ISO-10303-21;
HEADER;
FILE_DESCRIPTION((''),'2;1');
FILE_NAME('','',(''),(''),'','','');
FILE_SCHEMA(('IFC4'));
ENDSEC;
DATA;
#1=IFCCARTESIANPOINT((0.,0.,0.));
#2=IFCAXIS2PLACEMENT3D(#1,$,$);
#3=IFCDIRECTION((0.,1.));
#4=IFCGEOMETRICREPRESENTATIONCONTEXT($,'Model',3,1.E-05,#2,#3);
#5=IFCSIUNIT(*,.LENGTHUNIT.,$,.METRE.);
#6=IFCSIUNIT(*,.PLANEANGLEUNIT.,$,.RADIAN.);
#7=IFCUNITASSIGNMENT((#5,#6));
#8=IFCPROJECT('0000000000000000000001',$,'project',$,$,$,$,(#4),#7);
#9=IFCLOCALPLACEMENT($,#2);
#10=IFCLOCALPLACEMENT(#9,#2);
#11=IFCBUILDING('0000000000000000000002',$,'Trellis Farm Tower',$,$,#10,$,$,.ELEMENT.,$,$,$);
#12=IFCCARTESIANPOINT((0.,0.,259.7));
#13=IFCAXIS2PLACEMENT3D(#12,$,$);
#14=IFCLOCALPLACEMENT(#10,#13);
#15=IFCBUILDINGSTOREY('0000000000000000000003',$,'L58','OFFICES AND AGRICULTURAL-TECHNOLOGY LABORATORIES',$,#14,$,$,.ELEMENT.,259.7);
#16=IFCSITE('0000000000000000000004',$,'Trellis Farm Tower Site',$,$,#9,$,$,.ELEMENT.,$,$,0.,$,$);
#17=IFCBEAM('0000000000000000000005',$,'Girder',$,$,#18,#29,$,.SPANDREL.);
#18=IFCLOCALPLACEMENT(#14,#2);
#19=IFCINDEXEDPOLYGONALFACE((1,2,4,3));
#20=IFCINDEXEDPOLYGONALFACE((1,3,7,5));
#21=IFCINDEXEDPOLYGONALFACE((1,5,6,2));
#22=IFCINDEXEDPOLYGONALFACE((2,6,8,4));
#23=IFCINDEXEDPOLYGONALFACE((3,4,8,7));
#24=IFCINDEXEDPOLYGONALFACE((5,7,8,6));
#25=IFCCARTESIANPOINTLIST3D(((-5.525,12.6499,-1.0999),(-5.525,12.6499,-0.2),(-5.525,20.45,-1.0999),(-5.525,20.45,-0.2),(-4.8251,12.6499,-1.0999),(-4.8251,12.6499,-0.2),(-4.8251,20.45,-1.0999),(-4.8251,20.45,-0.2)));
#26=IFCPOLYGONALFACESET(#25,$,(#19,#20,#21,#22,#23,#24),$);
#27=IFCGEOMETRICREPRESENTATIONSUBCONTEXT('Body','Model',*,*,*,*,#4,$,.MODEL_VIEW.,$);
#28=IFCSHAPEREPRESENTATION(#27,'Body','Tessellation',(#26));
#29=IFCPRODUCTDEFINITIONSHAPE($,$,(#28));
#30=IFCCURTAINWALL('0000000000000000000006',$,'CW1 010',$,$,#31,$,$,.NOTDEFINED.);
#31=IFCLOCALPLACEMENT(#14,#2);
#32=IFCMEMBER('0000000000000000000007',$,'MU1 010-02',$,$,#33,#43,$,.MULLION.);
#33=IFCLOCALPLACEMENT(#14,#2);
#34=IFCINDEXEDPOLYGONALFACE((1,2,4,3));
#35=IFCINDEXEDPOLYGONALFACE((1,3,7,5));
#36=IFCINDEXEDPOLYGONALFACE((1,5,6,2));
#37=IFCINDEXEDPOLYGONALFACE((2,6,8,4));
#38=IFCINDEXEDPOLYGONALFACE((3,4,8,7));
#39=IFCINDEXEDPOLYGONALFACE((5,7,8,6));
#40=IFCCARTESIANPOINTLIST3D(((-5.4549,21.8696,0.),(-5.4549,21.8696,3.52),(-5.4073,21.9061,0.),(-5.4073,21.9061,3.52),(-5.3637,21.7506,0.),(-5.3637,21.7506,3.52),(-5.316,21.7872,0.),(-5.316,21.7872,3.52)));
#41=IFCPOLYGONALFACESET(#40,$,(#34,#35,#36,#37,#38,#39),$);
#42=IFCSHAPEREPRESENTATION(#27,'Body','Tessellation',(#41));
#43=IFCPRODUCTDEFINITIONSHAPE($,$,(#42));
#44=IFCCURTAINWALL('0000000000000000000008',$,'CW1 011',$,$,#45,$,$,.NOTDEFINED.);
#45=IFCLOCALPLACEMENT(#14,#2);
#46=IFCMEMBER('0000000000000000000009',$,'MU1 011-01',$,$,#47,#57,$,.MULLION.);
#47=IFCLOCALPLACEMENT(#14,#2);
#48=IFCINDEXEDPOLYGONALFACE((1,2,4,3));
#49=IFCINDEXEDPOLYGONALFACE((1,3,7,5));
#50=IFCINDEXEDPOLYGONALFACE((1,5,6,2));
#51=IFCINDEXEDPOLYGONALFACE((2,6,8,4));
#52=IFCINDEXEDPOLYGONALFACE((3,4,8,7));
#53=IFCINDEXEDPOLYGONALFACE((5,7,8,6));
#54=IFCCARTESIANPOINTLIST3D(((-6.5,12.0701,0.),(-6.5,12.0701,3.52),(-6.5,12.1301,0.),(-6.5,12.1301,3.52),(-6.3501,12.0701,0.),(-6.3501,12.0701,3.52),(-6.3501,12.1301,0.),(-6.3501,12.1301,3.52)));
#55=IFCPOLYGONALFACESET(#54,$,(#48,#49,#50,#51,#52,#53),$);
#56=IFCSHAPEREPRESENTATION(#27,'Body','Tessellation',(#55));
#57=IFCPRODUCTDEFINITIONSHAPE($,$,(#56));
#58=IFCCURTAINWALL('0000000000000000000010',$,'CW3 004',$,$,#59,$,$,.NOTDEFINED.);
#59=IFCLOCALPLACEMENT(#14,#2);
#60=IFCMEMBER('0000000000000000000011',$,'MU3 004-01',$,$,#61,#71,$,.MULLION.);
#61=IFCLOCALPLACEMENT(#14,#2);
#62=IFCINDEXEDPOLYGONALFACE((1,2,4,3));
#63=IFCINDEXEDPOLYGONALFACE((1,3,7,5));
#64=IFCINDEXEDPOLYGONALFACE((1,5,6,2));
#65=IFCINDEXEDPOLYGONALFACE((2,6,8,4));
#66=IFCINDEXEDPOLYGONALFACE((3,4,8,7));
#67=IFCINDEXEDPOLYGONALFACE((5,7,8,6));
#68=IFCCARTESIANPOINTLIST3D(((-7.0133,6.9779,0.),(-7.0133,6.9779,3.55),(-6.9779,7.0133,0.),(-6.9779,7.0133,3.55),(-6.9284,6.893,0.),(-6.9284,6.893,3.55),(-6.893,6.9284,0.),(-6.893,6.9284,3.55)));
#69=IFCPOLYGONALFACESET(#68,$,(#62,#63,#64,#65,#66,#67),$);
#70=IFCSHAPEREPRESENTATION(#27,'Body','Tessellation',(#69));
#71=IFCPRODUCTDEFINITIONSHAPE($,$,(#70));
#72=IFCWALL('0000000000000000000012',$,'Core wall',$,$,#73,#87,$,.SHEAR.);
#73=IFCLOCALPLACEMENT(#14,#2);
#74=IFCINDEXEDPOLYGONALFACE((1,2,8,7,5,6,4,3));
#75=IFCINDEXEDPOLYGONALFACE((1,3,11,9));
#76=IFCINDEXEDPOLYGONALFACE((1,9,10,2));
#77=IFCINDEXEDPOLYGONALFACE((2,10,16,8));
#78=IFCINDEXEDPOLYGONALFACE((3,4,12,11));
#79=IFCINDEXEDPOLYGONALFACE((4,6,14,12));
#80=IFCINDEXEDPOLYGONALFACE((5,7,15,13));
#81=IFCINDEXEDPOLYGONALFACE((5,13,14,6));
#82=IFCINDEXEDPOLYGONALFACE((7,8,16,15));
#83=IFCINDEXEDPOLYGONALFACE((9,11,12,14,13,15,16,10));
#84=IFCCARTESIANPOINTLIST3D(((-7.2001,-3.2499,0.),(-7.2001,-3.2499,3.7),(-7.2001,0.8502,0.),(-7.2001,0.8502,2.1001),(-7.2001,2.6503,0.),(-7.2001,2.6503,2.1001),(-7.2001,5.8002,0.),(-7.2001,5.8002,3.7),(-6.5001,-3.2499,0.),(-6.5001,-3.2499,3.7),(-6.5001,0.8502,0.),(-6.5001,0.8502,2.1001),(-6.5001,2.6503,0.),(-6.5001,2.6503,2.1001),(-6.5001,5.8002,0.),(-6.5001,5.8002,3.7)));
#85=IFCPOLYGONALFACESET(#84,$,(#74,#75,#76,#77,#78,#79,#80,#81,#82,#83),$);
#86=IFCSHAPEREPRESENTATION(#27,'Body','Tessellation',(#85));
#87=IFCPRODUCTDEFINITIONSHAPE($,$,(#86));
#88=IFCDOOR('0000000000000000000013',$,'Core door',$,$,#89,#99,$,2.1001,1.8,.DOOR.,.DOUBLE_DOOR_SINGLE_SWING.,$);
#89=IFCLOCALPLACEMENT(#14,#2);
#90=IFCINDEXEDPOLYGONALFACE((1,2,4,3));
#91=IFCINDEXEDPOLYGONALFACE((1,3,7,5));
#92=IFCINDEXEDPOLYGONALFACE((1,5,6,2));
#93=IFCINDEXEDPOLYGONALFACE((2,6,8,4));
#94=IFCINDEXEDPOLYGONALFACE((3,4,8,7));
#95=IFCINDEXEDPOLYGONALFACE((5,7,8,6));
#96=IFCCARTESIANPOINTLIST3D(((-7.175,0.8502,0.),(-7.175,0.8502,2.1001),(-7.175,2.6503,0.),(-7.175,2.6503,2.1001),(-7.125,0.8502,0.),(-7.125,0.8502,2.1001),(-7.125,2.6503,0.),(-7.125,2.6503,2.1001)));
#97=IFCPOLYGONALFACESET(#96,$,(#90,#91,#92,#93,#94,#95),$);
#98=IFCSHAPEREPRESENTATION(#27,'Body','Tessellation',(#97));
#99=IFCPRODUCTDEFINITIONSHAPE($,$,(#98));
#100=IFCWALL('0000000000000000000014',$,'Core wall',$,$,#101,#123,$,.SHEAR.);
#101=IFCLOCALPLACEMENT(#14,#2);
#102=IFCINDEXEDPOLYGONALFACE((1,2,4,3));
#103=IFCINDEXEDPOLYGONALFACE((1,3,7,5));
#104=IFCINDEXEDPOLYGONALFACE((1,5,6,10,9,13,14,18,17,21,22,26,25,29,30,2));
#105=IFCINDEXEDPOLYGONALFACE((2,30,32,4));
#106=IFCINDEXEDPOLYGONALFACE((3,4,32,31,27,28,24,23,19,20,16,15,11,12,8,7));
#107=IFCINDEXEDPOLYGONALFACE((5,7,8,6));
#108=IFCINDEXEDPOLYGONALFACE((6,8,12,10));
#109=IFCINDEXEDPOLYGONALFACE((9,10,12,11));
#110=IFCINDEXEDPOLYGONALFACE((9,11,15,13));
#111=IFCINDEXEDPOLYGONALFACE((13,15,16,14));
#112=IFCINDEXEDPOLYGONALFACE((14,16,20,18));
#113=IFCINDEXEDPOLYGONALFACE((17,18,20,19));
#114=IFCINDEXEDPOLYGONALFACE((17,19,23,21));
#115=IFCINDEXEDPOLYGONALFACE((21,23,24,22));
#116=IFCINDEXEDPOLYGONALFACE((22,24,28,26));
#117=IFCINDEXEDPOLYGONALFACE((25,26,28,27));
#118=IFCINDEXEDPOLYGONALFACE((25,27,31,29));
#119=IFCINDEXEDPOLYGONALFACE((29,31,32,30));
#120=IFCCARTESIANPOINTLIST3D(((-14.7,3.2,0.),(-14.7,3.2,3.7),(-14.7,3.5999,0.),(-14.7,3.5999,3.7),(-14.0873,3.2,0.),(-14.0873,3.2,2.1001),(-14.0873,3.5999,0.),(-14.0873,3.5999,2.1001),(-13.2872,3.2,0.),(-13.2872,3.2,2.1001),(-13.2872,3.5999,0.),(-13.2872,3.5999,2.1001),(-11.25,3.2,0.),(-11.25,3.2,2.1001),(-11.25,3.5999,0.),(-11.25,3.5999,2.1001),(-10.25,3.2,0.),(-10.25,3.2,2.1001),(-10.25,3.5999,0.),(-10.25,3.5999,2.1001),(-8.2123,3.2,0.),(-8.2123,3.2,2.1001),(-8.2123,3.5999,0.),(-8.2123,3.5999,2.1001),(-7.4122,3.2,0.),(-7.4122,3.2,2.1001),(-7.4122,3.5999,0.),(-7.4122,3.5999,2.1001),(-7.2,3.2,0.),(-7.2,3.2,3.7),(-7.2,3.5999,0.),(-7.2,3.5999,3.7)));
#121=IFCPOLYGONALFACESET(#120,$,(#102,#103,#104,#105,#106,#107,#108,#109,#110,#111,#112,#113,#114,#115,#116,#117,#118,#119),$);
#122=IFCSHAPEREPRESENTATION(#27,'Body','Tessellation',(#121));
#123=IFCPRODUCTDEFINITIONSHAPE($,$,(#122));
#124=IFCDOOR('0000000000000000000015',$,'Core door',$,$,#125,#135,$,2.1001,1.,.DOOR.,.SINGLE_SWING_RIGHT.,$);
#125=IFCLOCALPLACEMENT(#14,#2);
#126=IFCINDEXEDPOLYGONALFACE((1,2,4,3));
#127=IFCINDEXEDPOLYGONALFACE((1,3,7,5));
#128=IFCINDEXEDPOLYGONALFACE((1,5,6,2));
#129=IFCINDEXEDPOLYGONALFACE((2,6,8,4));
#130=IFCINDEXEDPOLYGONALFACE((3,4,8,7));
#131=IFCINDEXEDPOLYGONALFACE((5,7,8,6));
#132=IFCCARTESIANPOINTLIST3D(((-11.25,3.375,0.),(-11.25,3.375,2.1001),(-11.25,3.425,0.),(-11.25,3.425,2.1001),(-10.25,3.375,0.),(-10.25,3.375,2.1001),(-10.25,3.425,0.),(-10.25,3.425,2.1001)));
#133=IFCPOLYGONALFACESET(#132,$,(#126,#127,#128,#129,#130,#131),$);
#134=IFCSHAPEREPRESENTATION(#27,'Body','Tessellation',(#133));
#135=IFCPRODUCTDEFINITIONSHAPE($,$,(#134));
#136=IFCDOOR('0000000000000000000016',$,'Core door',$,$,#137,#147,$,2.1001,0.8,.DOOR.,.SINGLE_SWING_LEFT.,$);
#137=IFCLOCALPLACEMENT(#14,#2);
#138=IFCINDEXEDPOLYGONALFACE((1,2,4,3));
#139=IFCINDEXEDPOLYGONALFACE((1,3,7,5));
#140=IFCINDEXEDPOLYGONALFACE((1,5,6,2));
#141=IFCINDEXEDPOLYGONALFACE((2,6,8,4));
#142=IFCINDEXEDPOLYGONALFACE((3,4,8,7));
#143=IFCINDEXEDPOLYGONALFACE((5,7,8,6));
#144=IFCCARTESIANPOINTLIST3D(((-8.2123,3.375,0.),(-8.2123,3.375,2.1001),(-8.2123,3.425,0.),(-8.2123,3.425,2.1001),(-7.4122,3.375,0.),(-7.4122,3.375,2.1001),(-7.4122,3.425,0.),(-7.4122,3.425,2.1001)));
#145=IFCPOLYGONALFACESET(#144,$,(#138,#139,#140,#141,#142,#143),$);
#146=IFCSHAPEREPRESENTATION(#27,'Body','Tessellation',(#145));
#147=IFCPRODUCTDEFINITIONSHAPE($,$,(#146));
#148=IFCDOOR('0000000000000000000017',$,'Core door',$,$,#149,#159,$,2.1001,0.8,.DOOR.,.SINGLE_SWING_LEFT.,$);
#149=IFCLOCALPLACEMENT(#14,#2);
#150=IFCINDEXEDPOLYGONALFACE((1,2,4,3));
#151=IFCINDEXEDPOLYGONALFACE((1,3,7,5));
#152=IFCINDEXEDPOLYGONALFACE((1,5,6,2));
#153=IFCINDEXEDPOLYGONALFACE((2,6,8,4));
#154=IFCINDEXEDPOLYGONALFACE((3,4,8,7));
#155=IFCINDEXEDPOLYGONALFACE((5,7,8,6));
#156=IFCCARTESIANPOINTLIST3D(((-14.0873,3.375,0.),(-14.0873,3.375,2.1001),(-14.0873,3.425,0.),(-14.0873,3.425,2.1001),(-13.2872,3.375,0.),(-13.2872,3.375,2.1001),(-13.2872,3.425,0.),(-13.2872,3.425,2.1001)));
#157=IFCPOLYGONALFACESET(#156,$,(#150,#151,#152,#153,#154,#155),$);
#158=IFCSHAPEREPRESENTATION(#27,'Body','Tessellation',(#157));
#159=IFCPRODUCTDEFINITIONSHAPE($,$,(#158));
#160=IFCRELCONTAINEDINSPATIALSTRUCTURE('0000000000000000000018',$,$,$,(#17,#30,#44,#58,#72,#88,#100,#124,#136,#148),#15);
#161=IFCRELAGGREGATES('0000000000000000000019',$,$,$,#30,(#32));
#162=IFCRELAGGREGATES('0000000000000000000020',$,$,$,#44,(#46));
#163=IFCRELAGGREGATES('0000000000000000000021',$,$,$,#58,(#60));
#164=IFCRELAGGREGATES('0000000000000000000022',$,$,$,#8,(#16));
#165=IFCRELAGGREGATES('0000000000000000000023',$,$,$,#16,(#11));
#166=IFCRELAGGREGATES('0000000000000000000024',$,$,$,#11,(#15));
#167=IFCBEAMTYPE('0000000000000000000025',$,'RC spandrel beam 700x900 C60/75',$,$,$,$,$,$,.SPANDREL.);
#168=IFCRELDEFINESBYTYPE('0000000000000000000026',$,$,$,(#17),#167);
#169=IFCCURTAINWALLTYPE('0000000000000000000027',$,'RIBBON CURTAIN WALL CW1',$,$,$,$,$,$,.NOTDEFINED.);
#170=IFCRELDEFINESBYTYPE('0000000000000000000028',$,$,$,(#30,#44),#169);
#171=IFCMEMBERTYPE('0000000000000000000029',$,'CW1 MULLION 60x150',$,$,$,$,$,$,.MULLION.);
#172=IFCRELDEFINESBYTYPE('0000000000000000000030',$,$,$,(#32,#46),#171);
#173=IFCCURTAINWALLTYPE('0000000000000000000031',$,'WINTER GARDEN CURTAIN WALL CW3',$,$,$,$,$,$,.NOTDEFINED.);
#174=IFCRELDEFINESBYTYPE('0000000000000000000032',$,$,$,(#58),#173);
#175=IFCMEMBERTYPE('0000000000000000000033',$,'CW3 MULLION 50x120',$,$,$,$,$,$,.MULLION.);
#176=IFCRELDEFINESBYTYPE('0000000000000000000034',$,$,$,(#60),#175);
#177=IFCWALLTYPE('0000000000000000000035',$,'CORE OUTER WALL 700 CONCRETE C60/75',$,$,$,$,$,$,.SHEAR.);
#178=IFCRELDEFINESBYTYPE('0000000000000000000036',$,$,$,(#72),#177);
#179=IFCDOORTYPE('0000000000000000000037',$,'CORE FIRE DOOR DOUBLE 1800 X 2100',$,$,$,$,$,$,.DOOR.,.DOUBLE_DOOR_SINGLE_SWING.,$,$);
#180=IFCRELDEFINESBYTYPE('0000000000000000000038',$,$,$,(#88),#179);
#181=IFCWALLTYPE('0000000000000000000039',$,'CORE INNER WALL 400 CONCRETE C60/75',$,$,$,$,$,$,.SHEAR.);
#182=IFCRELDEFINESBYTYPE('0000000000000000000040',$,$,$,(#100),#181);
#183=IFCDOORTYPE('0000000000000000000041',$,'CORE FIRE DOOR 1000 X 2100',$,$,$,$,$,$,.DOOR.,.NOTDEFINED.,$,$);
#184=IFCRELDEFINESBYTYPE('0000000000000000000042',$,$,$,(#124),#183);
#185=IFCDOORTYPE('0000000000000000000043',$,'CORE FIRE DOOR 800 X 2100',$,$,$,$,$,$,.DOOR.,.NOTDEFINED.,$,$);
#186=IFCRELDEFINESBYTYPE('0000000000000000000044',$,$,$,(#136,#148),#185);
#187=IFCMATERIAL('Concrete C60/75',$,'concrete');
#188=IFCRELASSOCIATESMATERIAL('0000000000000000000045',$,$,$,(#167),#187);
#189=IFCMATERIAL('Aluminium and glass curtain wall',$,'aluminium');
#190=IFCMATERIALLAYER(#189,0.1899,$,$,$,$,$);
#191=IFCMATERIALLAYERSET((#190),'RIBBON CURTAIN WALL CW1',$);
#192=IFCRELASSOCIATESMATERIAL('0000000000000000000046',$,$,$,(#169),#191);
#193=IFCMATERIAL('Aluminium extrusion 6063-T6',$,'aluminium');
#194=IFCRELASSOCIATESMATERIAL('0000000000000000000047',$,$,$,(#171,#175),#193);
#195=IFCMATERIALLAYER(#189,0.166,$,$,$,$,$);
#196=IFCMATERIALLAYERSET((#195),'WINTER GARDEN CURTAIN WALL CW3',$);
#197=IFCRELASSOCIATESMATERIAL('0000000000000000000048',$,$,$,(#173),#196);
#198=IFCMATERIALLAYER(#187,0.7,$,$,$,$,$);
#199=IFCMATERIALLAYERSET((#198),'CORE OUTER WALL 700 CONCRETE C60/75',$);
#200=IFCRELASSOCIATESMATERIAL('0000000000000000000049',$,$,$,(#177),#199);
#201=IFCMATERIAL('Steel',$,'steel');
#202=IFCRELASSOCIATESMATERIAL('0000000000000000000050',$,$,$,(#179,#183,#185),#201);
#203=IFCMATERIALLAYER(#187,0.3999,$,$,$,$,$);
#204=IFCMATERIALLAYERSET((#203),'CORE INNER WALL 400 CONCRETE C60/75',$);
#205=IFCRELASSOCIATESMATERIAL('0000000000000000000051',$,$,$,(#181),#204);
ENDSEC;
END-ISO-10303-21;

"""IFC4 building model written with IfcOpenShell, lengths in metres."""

from ifc_helpers import new_model, si_unit, direction, frame, frame_2d, origin, origin_2d, place, context, subcontext, project, spatial, rectangle, extrude, source, transform, mapped, material, layer, layer_set, material_profile, profile_set, type_object, element, fill, aggregate, save


model = new_model("IFC4")

# Units and contexts
model_context = context("Model", 3, precision=1e-05, world=origin(), true_north=direction((0.0, 1.0)))
body_context = subcontext(model_context, "Body", "Model", "MODEL_VIEW")
ifc_project = project(units=[si_unit("LENGTHUNIT", "METRE"), si_unit("PLANEANGLEUNIT", "RADIAN")], contexts=[model_context])

# Site, building, storey
site_placement = place(None, origin())
site = spatial("IfcSite", under=ifc_project, at=site_placement, Name="Trellis Farm Tower Site", CompositionType="ELEMENT", RefElevation=0.0)
building_placement = place(site_placement, origin())
building = spatial("IfcBuilding", under=site, at=building_placement, Name="Trellis Farm Tower", CompositionType="ELEMENT")
storey_placement = place(building_placement, frame((0.0, 0.0, 259.7)))
storey = spatial("IfcBuildingStorey", under=building, at=storey_placement, Name="L58", Description="OFFICES AND AGRICULTURAL-TECHNOLOGY LABORATORIES", CompositionType="ELEMENT", Elevation=259.7)

# Shared definitions
ifc_material_1 = material(Name="Concrete C60/75", Category="concrete")

# Beam
ifc_material_profile_1 = material_profile(ifc_material_1, rectangle(XDim=0.7, YDim=0.8999, at=origin_2d()), Name="RC spandrel beam 700x900 C60/75")
ifc_profile_set_1 = profile_set([ifc_material_profile_1], Name="Concrete C60/75")
beam_type_1 = type_object("IfcBeamType", Name="RC spandrel beam 700x900 C60/75", PredefinedType="SPANDREL", material=ifc_profile_set_1)
shared_shape_1 = source(origin(), body_context, "Body", "SweptSolid", [
    extrude(rectangle(XDim=0.7, YDim=0.8999, at=origin_2d()), origin(), (0.0, 0.0, 1.0), 7.8),
])
beam_1_placement = place(storey_placement, frame((-5.175, 12.6499, -0.6499), z_axis=(0.0, 1.0, 0.0), x_axis=(-1.0, 0.0, 0.0)))
element("IfcBeam", 1, at=beam_1_placement, inside=storey, type_object=beam_type_1, Name="Girder", PredefinedType="SPANDREL", context=body_context, shape_type="MappedRepresentation", body=[
    mapped(shared_shape_1, transform((0.0, 0.0, 0.0))),
])

# Curtain walls, members
ifc_material_2 = material(Name="Aluminium and glass curtain wall", Category="aluminium")
ifc_layer_1 = layer(ifc_material_2, 0.1899)
ifc_layer_set_1 = layer_set([ifc_layer_1], Name="RIBBON CURTAIN WALL CW1")
curtain_wall_type_1 = type_object("IfcCurtainWallType", Name="RIBBON CURTAIN WALL CW1", PredefinedType="NOTDEFINED", material=ifc_layer_set_1)
placement = place(storey_placement, origin())
curtain_wall_1 = element("IfcCurtainWall", 2, at=placement, inside=storey, type_object=curtain_wall_type_1, Name="CW1 010", PredefinedType="NOTDEFINED")
ifc_material_3 = material(Name="Aluminium extrusion 6063-T6", Category="aluminium")
ifc_material_profile_2 = material_profile(ifc_material_3, rectangle(XDim=0.0601, YDim=0.1499, at=origin_2d()), Name="MULLION 60x150")
ifc_profile_set_2 = profile_set([ifc_material_profile_2], Name="Aluminium extrusion 6063-T6")
member_type_1 = type_object("IfcMemberType", Name="CW1 MULLION 60x150", PredefinedType="MULLION", material=ifc_profile_set_2)
shared_shape_2 = source(origin(), body_context, "Body", "SweptSolid", [
    extrude(rectangle(XDim=0.0601, YDim=0.1499, at=origin_2d()), origin(), (0.0, 0.0, 1.0), 3.52),
])
member_1_placement = place(storey_placement, frame((-5.3855, 21.8284, 0.0), z_axis=(0.0, 0.0, 1.0), x_axis=(-0.793353, -0.608761, 0.0)))
member_1 = element("IfcMember", 3, at=member_1_placement, type_object=member_type_1, Name="MU1 010-02", PredefinedType="MULLION", context=body_context, shape_type="MappedRepresentation", body=[
    mapped(shared_shape_2, transform((0.0, 0.0, 0.0))),
])
aggregate(curtain_wall_1, [member_1])
curtain_wall_2 = element("IfcCurtainWall", 4, at=placement, inside=storey, type_object=curtain_wall_type_1, Name="CW1 011", PredefinedType="NOTDEFINED")
member_2_placement = place(storey_placement, frame((-6.425, 12.1001, 0.0), z_axis=(0.0, 0.0, 1.0), x_axis=(0.0, -1.0, 0.0)))
member_2 = element("IfcMember", 5, at=member_2_placement, type_object=member_type_1, Name="MU1 011-01", PredefinedType="MULLION", context=body_context, shape_type="MappedRepresentation", body=[
    mapped(shared_shape_2, transform((0.0, 0.0, 0.0))),
])
aggregate(curtain_wall_2, [member_2])
ifc_layer_2 = layer(ifc_material_2, 0.166)
ifc_layer_set_2 = layer_set([ifc_layer_2], Name="WINTER GARDEN CURTAIN WALL CW3")
curtain_wall_type_2 = type_object("IfcCurtainWallType", Name="WINTER GARDEN CURTAIN WALL CW3", PredefinedType="NOTDEFINED", material=ifc_layer_set_2)
curtain_wall_3 = element("IfcCurtainWall", 6, at=placement, inside=storey, type_object=curtain_wall_type_2, Name="CW3 004", PredefinedType="NOTDEFINED")
ifc_material_profile_3 = material_profile(ifc_material_3, rectangle(XDim=0.05, YDim=0.1201, at=origin_2d()), Name="MULLION 50x120")
ifc_profile_set_3 = profile_set([ifc_material_profile_3], Name="Aluminium extrusion 6063-T6")
member_type_2 = type_object("IfcMemberType", Name="CW3 MULLION 50x120", PredefinedType="MULLION", material=ifc_profile_set_3)
shared_shape_3 = source(origin(), body_context, "Body", "SweptSolid", [
    extrude(rectangle(XDim=0.05, YDim=0.1201, at=origin_2d()), origin(), (0.0, 0.0, 1.0), 3.55),
])
member_3_placement = place(storey_placement, frame((-6.9531, 6.9531, 0.0), z_axis=(0.0, 0.0, 1.0), x_axis=(-0.707107, -0.707107, 0.0)))
member_3 = element("IfcMember", 7, at=member_3_placement, type_object=member_type_2, Name="MU3 004-01", PredefinedType="MULLION", context=body_context, shape_type="MappedRepresentation", body=[
    mapped(shared_shape_3, transform((0.0, 0.0, 0.0))),
])
aggregate(curtain_wall_3, [member_3])

# Wall, opening, door
ifc_layer_3 = layer(ifc_material_1, 0.7)
ifc_layer_set_3 = layer_set([ifc_layer_3], Name="CORE OUTER WALL 700 CONCRETE C60/75")
wall_type_1 = type_object("IfcWallType", Name="CORE OUTER WALL 700 CONCRETE C60/75", PredefinedType="SHEAR", material=ifc_layer_set_3)
shared_shape_4 = source(origin(), body_context, "Body", "SweptSolid", [
    extrude(rectangle(XDim=9.05, YDim=0.7, at=frame_2d((4.5249, 0.0))), origin(), (0.0, 0.0, 1.0), 3.7),
])
wall_1_placement = place(storey_placement, frame((-6.8501, 5.8, 0.0), z_axis=(0.0, 0.0, 1.0), x_axis=(0.0, -1.0, 0.0)))
wall_1 = element("IfcWall", 8, at=wall_1_placement, inside=storey, type_object=wall_type_1, Name="Core wall", PredefinedType="SHEAR", context=body_context, shape_type="MappedRepresentation", body=[
    mapped(shared_shape_4, transform((0.0, 0.0, 0.0))),
])
shared_shape_5 = source(origin(), body_context, "Body", "SweptSolid", [
    extrude(rectangle(XDim=1.8, YDim=2.1001, at=frame_2d((0.8999, 1.05))), frame((0.0, 0.3601, 0.0), z_axis=(0.0, -1.0, 0.0), x_axis=(1.0, 0.0, 0.0)), (0.0, 0.0, 1.0), 0.7202),
])
opening_1_placement = place(wall_1_placement, frame((3.1499, 0.0, 0.0)))
opening_1 = element("IfcOpeningElement", 9, at=opening_1_placement, cuts=wall_1, PredefinedType="OPENING", context=body_context, shape_type="MappedRepresentation", body=[
    mapped(shared_shape_5, transform((0.0, 0.0, 0.0))),
])
ifc_material_4 = material(Name="Steel", Category="steel")
door_type_1 = type_object("IfcDoorType", Name="CORE FIRE DOOR DOUBLE 1800 X 2100", OperationType="DOUBLE_DOOR_SINGLE_SWING", PredefinedType="DOOR", material=ifc_material_4)
shared_shape_6 = source(origin(), body_context, "Body", "SweptSolid", [
    extrude(rectangle(XDim=1.8, YDim=2.1001, at=frame_2d((0.8999, 1.05))), frame((0.0, -0.2749, 0.0), z_axis=(0.0, -1.0, 0.0), x_axis=(1.0, 0.0, 0.0)), (0.0, 0.0, 1.0), 0.05),
])
door_1_placement = place(opening_1_placement, origin())
door_1 = element("IfcDoor", 10, at=door_1_placement, inside=storey, type_object=door_type_1, Name="Core door", OperationType="DOUBLE_DOOR_SINGLE_SWING", OverallHeight=2.1001, OverallWidth=1.8, PredefinedType="DOOR", context=body_context, shape_type="MappedRepresentation", body=[
    mapped(shared_shape_6, transform((0.0, 0.0, 0.0))),
])
fill(opening_1, door_1)

# Wall, openings, doors
ifc_layer_4 = layer(ifc_material_1, 0.3999)
ifc_layer_set_4 = layer_set([ifc_layer_4], Name="CORE INNER WALL 400 CONCRETE C60/75")
wall_type_2 = type_object("IfcWallType", Name="CORE INNER WALL 400 CONCRETE C60/75", PredefinedType="SHEAR", material=ifc_layer_set_4)
shared_shape_7 = source(origin(), body_context, "Body", "SweptSolid", [
    extrude(rectangle(XDim=7.5, YDim=0.3999, at=frame_2d((3.75, 0.0))), origin(), (0.0, 0.0, 1.0), 3.7),
])
wall_2_placement = place(storey_placement, frame((-7.2, 3.3999, 0.0), z_axis=(0.0, 0.0, 1.0), x_axis=(-1.0, 0.0, 0.0)))
wall_2 = element("IfcWall", 11, at=wall_2_placement, inside=storey, type_object=wall_type_2, Name="Core wall", PredefinedType="SHEAR", context=body_context, shape_type="MappedRepresentation", body=[
    mapped(shared_shape_7, transform((0.0, 0.0, 0.0))),
])
shared_shape_8 = source(origin(), body_context, "Body", "SweptSolid", [
    extrude(rectangle(XDim=0.8, YDim=2.1001, at=frame_2d((0.3999, 1.05))), frame((0.0, 0.21, 0.0), z_axis=(0.0, -1.0, 0.0), x_axis=(1.0, 0.0, 0.0)), (0.0, 0.0, 1.0), 0.4199),
])
opening_2_placement = place(wall_2_placement, frame((0.2124, 0.0, 0.0)))
opening_2 = element("IfcOpeningElement", 12, at=opening_2_placement, cuts=wall_2, PredefinedType="OPENING", context=body_context, shape_type="MappedRepresentation", body=[
    mapped(shared_shape_8, transform((0.0, 0.0, 0.0))),
])
shared_shape_9 = source(origin(), body_context, "Body", "SweptSolid", [
    extrude(rectangle(XDim=1.0, YDim=2.1001, at=frame_2d((0.5, 1.05))), frame((0.0, 0.21, 0.0), z_axis=(0.0, -1.0, 0.0), x_axis=(1.0, 0.0, 0.0)), (0.0, 0.0, 1.0), 0.4199),
])
opening_3_placement = place(wall_2_placement, frame((3.05, 0.0, 0.0)))
opening_3 = element("IfcOpeningElement", 13, at=opening_3_placement, cuts=wall_2, PredefinedType="OPENING", context=body_context, shape_type="MappedRepresentation", body=[
    mapped(shared_shape_9, transform((0.0, 0.0, 0.0))),
])
opening_4_placement = place(wall_2_placement, frame((6.0874, 0.0, 0.0)))
opening_4 = element("IfcOpeningElement", 14, at=opening_4_placement, cuts=wall_2, PredefinedType="OPENING", context=body_context, shape_type="MappedRepresentation", body=[
    mapped(shared_shape_8, transform((0.0, 0.0, 0.0))),
])
door_type_2 = type_object("IfcDoorType", Name="CORE FIRE DOOR 1000 X 2100", OperationType="NOTDEFINED", PredefinedType="DOOR", material=ifc_material_4)
shared_shape_10 = source(origin(), body_context, "Body", "SweptSolid", [
    extrude(rectangle(XDim=1.0, YDim=2.1001, at=frame_2d((0.5, 1.05))), frame((0.0, 0.0249, 0.0), z_axis=(0.0, -1.0, 0.0), x_axis=(1.0, 0.0, 0.0)), (0.0, 0.0, 1.0), 0.05),
])
door_2_placement = place(opening_3_placement, origin())
door_2 = element("IfcDoor", 15, at=door_2_placement, inside=storey, type_object=door_type_2, Name="Core door", OperationType="SINGLE_SWING_RIGHT", OverallHeight=2.1001, OverallWidth=1.0, PredefinedType="DOOR", context=body_context, shape_type="MappedRepresentation", body=[
    mapped(shared_shape_10, transform((0.0, 0.0, 0.0))),
])
fill(opening_3, door_2)
door_type_3 = type_object("IfcDoorType", Name="CORE FIRE DOOR 800 X 2100", OperationType="NOTDEFINED", PredefinedType="DOOR", material=ifc_material_4)
shared_shape_11 = source(origin(), body_context, "Body", "SweptSolid", [
    extrude(rectangle(XDim=0.8, YDim=2.1001, at=frame_2d((0.3999, 1.05))), frame((0.0, 0.0249, 0.0), z_axis=(0.0, -1.0, 0.0), x_axis=(1.0, 0.0, 0.0)), (0.0, 0.0, 1.0), 0.05),
])
door_3_placement = place(opening_2_placement, origin())
door_3 = element("IfcDoor", 16, at=door_3_placement, inside=storey, type_object=door_type_3, Name="Core door", OperationType="SINGLE_SWING_LEFT", OverallHeight=2.1001, OverallWidth=0.8, PredefinedType="DOOR", context=body_context, shape_type="MappedRepresentation", body=[
    mapped(shared_shape_11, transform((0.0, 0.0, 0.0))),
])
fill(opening_2, door_3)
door_4_placement = place(opening_4_placement, origin())
door_4 = element("IfcDoor", 17, at=door_4_placement, inside=storey, type_object=door_type_3, Name="Core door", OperationType="SINGLE_SWING_LEFT", OverallHeight=2.1001, OverallWidth=0.8, PredefinedType="DOOR", context=body_context, shape_type="MappedRepresentation", body=[
    mapped(shared_shape_11, transform((0.0, 0.0, 0.0))),
])
fill(opening_4, door_4)

save(model, "model.ifc")
